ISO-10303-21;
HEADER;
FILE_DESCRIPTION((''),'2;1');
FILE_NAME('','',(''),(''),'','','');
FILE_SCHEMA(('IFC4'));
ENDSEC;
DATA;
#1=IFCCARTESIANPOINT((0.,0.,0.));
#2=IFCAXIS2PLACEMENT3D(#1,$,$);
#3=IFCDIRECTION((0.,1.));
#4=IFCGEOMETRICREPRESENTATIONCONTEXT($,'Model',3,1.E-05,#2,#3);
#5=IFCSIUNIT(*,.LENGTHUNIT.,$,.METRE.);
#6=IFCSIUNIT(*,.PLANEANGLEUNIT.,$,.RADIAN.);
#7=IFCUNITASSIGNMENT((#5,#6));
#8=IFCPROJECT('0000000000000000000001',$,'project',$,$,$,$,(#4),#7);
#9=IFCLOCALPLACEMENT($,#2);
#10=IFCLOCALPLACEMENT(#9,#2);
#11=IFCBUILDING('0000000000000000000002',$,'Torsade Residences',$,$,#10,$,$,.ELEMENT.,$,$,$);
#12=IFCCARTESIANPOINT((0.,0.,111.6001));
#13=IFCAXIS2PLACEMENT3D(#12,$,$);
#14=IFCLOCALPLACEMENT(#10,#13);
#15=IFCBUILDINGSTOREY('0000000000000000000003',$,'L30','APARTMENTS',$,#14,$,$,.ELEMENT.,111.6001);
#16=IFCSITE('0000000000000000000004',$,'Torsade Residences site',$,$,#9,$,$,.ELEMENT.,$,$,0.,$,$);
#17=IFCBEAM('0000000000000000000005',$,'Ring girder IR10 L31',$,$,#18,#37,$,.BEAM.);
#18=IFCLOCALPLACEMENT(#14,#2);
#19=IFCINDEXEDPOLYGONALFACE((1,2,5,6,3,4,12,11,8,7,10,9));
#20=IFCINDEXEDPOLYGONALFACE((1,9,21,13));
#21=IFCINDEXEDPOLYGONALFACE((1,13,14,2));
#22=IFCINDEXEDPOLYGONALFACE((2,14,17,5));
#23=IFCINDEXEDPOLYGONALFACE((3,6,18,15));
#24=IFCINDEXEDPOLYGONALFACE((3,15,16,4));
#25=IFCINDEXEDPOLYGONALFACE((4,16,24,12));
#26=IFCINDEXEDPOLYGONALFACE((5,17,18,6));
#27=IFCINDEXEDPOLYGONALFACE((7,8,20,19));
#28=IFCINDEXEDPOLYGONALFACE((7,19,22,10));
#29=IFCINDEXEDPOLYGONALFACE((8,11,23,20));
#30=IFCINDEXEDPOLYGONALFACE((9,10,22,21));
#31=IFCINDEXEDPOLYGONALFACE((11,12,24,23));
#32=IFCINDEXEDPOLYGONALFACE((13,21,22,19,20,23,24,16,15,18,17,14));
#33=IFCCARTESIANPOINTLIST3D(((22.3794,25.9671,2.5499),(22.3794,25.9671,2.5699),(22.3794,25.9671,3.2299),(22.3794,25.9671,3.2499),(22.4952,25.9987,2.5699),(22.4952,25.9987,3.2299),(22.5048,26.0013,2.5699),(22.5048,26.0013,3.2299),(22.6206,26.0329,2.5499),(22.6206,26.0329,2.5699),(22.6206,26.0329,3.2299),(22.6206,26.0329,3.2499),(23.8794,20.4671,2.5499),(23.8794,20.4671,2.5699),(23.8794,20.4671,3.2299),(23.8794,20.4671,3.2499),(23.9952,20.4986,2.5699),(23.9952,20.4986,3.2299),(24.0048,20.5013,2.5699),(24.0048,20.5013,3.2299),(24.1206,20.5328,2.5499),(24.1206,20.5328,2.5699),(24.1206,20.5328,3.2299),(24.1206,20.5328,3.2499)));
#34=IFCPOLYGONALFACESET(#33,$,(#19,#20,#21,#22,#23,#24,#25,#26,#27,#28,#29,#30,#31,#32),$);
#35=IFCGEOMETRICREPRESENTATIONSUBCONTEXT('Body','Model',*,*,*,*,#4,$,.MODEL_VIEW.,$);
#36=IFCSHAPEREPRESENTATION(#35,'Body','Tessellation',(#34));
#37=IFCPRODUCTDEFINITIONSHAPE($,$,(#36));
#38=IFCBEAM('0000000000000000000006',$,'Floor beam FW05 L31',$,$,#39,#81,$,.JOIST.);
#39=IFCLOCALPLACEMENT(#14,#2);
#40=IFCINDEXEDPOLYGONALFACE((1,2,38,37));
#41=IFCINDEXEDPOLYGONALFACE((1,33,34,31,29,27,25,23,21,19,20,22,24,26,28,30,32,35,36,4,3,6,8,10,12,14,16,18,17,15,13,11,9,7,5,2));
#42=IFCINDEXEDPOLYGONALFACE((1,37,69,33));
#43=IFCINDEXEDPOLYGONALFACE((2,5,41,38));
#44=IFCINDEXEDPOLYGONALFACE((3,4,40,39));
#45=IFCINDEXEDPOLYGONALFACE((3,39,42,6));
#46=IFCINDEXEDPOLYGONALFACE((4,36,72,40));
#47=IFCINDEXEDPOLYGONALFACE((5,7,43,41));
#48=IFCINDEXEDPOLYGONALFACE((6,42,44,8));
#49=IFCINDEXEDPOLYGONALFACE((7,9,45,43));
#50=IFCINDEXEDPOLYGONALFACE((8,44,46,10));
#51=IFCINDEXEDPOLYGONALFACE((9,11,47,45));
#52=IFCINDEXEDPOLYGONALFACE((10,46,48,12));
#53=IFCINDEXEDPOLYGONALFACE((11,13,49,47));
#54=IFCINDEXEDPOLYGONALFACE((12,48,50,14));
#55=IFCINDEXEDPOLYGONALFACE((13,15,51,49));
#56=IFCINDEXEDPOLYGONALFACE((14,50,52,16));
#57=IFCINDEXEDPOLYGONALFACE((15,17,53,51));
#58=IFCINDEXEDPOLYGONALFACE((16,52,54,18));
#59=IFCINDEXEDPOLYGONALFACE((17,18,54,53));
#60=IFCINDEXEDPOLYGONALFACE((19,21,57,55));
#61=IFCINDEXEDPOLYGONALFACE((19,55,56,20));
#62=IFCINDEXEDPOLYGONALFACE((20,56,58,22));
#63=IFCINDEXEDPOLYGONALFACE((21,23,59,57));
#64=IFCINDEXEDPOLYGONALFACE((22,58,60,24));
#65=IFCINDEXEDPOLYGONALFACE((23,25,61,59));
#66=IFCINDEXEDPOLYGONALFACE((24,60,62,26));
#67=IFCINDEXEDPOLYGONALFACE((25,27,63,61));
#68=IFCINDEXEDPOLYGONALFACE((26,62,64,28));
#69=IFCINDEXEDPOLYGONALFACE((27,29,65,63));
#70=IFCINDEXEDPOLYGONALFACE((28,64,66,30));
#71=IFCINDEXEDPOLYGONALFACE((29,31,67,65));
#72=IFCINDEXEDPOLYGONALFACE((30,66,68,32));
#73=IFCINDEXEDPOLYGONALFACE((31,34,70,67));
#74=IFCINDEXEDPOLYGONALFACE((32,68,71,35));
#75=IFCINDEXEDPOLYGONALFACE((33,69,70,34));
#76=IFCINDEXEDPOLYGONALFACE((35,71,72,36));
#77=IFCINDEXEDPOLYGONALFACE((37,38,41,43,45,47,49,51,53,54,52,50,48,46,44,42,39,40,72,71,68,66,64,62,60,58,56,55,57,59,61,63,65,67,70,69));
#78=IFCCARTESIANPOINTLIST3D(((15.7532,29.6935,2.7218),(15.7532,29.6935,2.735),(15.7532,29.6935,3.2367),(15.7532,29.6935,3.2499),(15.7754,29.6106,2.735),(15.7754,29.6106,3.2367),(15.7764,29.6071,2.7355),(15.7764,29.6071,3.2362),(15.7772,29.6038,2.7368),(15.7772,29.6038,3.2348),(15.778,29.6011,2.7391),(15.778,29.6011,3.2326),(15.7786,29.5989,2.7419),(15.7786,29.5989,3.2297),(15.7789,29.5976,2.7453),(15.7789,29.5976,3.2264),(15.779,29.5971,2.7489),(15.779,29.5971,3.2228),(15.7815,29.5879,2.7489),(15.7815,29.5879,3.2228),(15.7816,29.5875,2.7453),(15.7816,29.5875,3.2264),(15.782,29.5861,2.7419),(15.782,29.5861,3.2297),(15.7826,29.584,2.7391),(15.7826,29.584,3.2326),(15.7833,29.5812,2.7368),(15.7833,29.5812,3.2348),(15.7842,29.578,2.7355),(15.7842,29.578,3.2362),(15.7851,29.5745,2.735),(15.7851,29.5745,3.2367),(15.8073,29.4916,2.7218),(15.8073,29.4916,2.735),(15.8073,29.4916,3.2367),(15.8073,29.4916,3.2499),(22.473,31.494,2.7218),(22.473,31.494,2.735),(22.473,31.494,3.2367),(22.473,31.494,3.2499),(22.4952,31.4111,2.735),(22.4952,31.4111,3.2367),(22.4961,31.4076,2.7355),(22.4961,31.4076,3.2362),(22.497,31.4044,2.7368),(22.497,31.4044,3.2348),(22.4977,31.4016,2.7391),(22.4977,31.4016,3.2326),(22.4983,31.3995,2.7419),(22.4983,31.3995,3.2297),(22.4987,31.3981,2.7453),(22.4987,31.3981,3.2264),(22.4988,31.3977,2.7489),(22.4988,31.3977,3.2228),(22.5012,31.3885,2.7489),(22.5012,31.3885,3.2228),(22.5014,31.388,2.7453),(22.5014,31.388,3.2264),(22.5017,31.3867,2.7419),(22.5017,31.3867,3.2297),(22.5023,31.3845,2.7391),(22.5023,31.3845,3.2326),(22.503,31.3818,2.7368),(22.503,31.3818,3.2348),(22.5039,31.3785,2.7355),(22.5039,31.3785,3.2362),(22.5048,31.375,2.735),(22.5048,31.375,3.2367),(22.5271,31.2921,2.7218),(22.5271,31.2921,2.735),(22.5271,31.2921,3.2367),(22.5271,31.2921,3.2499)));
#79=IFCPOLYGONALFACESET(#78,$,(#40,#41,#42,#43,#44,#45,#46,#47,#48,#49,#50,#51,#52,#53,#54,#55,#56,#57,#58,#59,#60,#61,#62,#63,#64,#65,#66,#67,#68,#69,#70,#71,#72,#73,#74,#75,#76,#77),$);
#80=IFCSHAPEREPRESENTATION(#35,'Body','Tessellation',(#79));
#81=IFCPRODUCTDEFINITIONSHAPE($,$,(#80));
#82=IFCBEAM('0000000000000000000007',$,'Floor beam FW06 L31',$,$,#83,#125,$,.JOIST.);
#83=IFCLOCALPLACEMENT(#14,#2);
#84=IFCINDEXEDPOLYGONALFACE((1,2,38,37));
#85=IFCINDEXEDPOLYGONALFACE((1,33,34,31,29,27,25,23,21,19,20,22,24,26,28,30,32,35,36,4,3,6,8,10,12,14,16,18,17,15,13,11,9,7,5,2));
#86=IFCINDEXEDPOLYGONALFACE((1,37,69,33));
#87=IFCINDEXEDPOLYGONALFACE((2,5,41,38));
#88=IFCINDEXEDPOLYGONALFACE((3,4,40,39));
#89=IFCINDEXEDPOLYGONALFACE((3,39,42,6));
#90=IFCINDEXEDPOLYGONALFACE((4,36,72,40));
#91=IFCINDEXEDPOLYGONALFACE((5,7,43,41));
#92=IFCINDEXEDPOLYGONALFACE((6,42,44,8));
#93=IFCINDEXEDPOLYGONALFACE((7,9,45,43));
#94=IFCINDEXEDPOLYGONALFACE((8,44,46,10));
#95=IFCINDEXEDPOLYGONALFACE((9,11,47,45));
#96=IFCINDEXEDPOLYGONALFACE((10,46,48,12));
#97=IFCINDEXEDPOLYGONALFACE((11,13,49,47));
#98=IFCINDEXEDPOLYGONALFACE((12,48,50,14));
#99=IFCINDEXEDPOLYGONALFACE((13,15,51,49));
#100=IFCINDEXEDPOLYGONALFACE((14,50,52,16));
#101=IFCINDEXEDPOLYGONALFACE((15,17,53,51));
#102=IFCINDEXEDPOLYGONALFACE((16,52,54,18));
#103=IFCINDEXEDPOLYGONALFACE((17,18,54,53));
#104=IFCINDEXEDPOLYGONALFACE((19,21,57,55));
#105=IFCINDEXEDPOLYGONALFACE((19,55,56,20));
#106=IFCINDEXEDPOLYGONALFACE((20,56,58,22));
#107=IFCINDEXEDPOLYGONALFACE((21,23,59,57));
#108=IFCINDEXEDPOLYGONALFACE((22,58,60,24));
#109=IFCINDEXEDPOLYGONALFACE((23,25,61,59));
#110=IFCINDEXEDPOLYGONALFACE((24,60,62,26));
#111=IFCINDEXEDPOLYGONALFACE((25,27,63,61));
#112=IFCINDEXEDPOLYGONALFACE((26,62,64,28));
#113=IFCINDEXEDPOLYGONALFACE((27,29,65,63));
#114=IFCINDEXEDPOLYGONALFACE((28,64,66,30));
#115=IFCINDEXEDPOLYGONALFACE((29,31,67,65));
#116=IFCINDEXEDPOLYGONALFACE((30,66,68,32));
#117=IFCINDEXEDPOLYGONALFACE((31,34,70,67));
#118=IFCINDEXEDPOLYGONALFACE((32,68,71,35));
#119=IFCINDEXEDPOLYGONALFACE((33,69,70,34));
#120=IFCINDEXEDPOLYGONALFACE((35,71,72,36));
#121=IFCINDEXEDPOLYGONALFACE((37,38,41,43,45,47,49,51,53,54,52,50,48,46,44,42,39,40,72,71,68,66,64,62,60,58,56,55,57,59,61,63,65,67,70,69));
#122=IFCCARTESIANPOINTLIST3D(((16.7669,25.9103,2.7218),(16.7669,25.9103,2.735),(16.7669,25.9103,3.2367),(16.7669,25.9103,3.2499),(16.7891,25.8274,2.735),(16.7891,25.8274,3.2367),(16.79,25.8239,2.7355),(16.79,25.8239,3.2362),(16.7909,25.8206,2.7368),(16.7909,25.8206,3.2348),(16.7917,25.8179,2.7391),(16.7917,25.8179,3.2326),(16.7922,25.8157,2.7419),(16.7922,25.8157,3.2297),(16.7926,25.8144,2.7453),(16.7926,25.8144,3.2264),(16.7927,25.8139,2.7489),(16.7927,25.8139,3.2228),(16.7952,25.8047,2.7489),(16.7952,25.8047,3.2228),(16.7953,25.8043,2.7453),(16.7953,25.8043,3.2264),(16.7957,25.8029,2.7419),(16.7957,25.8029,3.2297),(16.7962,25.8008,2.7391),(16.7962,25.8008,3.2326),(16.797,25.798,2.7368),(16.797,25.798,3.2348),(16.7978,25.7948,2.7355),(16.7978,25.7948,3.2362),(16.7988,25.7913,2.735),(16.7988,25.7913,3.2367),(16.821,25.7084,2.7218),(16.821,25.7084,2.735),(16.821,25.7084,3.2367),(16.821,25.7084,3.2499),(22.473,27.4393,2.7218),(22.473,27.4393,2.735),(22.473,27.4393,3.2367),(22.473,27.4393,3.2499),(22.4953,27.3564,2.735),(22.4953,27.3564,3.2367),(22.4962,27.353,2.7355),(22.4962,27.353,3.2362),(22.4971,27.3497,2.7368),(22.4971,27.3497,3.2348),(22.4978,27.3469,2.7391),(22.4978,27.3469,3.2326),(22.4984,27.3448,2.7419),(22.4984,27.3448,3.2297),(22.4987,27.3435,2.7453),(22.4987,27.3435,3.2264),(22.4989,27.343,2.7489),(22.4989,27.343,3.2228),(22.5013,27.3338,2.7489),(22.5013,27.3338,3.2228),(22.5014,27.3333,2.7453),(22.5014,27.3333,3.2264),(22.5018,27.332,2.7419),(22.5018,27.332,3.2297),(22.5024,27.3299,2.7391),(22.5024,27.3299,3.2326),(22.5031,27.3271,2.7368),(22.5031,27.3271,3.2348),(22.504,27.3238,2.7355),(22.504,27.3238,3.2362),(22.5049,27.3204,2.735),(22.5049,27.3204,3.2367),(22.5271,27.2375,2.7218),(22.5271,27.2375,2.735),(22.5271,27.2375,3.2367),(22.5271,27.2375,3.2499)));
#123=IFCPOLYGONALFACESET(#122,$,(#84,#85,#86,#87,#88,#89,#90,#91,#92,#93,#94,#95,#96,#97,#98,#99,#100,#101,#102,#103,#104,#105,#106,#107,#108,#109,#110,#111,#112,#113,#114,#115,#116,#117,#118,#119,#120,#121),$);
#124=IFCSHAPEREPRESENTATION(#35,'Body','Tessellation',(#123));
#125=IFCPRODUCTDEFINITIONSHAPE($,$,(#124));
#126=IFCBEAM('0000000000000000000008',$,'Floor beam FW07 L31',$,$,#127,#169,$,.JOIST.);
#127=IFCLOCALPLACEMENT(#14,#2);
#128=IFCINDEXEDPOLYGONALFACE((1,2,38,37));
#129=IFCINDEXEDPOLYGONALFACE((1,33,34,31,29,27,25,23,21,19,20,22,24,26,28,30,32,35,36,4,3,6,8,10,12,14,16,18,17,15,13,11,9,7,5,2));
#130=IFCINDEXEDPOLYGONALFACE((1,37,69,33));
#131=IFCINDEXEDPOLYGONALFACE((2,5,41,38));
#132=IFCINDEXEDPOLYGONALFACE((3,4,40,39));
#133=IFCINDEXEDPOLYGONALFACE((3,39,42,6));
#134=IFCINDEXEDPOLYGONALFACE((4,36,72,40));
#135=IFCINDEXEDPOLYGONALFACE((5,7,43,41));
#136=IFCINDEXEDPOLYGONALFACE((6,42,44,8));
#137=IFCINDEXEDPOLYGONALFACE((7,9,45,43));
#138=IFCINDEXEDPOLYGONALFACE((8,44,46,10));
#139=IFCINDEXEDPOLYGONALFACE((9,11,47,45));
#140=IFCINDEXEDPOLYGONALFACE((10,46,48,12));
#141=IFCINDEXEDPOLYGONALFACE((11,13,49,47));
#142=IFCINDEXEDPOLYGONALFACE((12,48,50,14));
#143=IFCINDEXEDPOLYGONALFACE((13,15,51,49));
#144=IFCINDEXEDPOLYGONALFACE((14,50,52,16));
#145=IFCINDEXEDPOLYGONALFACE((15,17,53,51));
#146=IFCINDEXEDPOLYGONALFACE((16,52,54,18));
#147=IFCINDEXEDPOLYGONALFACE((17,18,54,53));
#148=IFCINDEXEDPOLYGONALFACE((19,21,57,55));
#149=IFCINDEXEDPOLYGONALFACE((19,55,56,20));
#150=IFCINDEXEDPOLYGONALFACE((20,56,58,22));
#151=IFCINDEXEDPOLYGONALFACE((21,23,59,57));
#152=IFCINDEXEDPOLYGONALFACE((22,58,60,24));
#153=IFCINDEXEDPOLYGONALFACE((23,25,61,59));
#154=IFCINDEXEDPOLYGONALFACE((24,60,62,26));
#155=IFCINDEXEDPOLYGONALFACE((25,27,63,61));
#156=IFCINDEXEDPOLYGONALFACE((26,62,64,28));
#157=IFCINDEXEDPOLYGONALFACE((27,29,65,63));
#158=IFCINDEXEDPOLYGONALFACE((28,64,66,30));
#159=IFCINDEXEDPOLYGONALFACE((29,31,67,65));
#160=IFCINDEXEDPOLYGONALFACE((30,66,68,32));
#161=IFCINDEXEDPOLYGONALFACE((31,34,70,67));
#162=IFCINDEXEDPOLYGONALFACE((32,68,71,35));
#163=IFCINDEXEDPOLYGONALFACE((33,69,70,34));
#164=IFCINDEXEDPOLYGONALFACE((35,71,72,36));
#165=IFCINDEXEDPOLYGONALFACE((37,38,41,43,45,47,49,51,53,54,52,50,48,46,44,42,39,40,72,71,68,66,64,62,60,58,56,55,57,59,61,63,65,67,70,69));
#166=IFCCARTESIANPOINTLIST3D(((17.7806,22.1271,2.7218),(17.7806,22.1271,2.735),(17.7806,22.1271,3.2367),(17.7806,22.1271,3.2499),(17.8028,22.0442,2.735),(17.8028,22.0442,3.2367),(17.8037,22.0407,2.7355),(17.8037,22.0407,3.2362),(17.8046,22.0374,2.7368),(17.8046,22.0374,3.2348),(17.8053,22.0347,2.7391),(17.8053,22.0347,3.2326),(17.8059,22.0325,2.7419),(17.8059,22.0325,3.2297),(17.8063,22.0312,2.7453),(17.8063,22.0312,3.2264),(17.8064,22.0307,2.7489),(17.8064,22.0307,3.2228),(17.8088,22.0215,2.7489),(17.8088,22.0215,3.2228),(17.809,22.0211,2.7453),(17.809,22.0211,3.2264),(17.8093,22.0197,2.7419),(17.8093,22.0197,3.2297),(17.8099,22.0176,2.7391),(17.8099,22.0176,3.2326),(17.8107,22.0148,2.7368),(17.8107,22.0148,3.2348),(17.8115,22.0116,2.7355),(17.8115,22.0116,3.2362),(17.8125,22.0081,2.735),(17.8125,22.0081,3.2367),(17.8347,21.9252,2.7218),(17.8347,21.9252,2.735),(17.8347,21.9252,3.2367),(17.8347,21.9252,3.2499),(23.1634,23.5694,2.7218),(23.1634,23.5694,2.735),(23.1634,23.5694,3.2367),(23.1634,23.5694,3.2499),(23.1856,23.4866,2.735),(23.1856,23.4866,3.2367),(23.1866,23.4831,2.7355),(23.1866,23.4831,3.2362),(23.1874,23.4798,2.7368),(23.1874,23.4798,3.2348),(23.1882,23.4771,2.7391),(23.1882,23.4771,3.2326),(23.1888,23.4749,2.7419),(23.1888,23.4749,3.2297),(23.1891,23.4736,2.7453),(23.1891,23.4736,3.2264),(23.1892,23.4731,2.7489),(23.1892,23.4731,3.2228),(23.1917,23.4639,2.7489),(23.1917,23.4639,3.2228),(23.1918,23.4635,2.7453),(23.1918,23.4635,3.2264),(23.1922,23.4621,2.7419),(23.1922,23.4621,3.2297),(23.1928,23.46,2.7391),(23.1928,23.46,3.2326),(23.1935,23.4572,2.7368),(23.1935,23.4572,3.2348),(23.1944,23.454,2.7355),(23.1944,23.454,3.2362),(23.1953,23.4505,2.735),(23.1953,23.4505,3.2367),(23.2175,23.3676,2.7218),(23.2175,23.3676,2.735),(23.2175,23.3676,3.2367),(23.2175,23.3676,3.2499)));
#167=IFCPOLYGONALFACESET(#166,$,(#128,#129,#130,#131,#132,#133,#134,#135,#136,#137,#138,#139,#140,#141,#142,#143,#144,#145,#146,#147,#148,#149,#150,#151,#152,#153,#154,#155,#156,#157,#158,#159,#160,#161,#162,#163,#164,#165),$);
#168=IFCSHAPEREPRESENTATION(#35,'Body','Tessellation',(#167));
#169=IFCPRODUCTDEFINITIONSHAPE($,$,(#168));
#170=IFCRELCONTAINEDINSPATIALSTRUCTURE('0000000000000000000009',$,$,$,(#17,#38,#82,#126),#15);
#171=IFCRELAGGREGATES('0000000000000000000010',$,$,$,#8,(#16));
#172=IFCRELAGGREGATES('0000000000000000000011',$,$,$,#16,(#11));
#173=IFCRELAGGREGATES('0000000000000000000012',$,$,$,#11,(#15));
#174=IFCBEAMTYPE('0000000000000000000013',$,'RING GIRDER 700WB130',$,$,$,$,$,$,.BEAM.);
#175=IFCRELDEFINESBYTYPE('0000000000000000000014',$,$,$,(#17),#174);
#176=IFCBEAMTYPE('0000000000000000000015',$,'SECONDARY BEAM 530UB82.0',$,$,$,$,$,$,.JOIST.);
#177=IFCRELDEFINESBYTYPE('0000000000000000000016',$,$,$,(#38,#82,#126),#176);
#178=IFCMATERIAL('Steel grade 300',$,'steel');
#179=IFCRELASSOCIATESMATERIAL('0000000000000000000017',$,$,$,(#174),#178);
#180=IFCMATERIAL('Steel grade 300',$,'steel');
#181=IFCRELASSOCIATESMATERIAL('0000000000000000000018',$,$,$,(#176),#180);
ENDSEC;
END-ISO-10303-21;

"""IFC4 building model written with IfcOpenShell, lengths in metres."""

from ifc_helpers import new_model, si_unit, direction, frame, origin, origin_2d, place, context, subcontext, project, spatial, i_section, extrude, material, material_profile, profile_set, type_object, element, save


model = new_model("IFC4")

# Units and contexts
model_context = context("Model", 3, precision=1e-05, world=origin(), true_north=direction((0.0, 1.0)))
body_context = subcontext(model_context, "Body", "Model", "MODEL_VIEW")
ifc_project = project(units=[si_unit("LENGTHUNIT", "METRE"), si_unit("PLANEANGLEUNIT", "RADIAN")], contexts=[model_context])

# Site, building, storey
site_placement = place(None, origin())
site = spatial("IfcSite", under=ifc_project, at=site_placement, Name="Torsade Residences site", CompositionType="ELEMENT", RefElevation=0.0)
building_placement = place(site_placement, origin())
building = spatial("IfcBuilding", under=site, at=building_placement, Name="Torsade Residences", CompositionType="ELEMENT")
storey_placement = place(building_placement, frame((0.0, 0.0, 111.6001)))
storey = spatial("IfcBuildingStorey", under=building, at=storey_placement, Name="L30", Description="APARTMENTS", CompositionType="ELEMENT", Elevation=111.6001)

# Beams
ifc_material_1 = material(Name="Steel grade 300", Category="steel")
ifc_material_profile_1 = material_profile(ifc_material_1, i_section(OverallWidth=0.25, OverallDepth=0.7, WebThickness=0.01, FlangeThickness=0.02, at=origin_2d()), Name="700WB130")
ifc_profile_set_1 = profile_set([ifc_material_profile_1], Name="Steel grade 300")
beam_type_1 = type_object("IfcBeamType", Name="RING GIRDER 700WB130", PredefinedType="BEAM", material=ifc_profile_set_1)
beam_1_placement = place(storey_placement, frame((22.5, 26.0, 2.8999), z_axis=(0.263117, -0.964764, 0.0), x_axis=(0.964764, 0.263117, 0.0)))
element("IfcBeam", 1, at=beam_1_placement, inside=storey, type_object=beam_type_1, Name="Ring girder IR10 L31", PredefinedType="BEAM", context=body_context, shape_type="SweptSolid", body=[
    extrude(i_section(OverallWidth=0.25, OverallDepth=0.7, WebThickness=0.01, FlangeThickness=0.02, at=origin_2d()), origin(), (0.0, 0.0, 1.0), 5.7009),
])
ifc_material_2 = material(Name="Steel grade 300", Category="steel")
ifc_material_profile_2 = material_profile(ifc_material_2, i_section(OverallWidth=0.209, OverallDepth=0.5281, WebThickness=0.0095, FlangeThickness=0.0132, FilletRadius=0.0139, at=origin_2d()), Name="530UB82.0")
ifc_profile_set_2 = profile_set([ifc_material_profile_2], Name="Steel grade 300")
beam_type_2 = type_object("IfcBeamType", Name="SECONDARY BEAM 530UB82.0", PredefinedType="JOIST", material=ifc_profile_set_2)
beam_2_placement = place(storey_placement, frame((15.7803, 29.5925, 2.9858), z_axis=(0.965926, 0.258818, 0.0), x_axis=(-0.258818, 0.965926, 0.0)))
element("IfcBeam", 2, at=beam_2_placement, inside=storey, type_object=beam_type_2, Name="Floor beam FW05 L31", PredefinedType="JOIST", context=body_context, shape_type="SweptSolid", body=[
    extrude(i_section(OverallWidth=0.209, OverallDepth=0.5281, WebThickness=0.0095, FlangeThickness=0.0132, FilletRadius=0.0139, at=origin_2d()), origin(), (0.0, 0.0, 1.0), 6.9568),
])
beam_3_placement = place(storey_placement, frame((16.7939, 25.8093, 2.9858), z_axis=(0.965921, 0.258838, 0.0), x_axis=(-0.258838, 0.965921, 0.0)))
element("IfcBeam", 3, at=beam_3_placement, inside=storey, type_object=beam_type_2, Name="Floor beam FW06 L31", PredefinedType="JOIST", context=body_context, shape_type="SweptSolid", body=[
    extrude(i_section(OverallWidth=0.209, OverallDepth=0.5281, WebThickness=0.0095, FlangeThickness=0.0132, FilletRadius=0.0139, at=origin_2d()), origin(), (0.0, 0.0, 1.0), 5.9075),
])
beam_4_placement = place(storey_placement, frame((17.8076, 22.0261, 2.9858), z_axis=(0.965923, 0.25883, 0.0), x_axis=(-0.25883, 0.965923, 0.0)))
element("IfcBeam", 4, at=beam_4_placement, inside=storey, type_object=beam_type_2, Name="Floor beam FW07 L31", PredefinedType="JOIST", context=body_context, shape_type="SweptSolid", body=[
    extrude(i_section(OverallWidth=0.209, OverallDepth=0.5281, WebThickness=0.0095, FlangeThickness=0.0132, FilletRadius=0.0139, at=origin_2d()), origin(), (0.0, 0.0, 1.0), 5.5728),
])

save(model, "model.ifc")
